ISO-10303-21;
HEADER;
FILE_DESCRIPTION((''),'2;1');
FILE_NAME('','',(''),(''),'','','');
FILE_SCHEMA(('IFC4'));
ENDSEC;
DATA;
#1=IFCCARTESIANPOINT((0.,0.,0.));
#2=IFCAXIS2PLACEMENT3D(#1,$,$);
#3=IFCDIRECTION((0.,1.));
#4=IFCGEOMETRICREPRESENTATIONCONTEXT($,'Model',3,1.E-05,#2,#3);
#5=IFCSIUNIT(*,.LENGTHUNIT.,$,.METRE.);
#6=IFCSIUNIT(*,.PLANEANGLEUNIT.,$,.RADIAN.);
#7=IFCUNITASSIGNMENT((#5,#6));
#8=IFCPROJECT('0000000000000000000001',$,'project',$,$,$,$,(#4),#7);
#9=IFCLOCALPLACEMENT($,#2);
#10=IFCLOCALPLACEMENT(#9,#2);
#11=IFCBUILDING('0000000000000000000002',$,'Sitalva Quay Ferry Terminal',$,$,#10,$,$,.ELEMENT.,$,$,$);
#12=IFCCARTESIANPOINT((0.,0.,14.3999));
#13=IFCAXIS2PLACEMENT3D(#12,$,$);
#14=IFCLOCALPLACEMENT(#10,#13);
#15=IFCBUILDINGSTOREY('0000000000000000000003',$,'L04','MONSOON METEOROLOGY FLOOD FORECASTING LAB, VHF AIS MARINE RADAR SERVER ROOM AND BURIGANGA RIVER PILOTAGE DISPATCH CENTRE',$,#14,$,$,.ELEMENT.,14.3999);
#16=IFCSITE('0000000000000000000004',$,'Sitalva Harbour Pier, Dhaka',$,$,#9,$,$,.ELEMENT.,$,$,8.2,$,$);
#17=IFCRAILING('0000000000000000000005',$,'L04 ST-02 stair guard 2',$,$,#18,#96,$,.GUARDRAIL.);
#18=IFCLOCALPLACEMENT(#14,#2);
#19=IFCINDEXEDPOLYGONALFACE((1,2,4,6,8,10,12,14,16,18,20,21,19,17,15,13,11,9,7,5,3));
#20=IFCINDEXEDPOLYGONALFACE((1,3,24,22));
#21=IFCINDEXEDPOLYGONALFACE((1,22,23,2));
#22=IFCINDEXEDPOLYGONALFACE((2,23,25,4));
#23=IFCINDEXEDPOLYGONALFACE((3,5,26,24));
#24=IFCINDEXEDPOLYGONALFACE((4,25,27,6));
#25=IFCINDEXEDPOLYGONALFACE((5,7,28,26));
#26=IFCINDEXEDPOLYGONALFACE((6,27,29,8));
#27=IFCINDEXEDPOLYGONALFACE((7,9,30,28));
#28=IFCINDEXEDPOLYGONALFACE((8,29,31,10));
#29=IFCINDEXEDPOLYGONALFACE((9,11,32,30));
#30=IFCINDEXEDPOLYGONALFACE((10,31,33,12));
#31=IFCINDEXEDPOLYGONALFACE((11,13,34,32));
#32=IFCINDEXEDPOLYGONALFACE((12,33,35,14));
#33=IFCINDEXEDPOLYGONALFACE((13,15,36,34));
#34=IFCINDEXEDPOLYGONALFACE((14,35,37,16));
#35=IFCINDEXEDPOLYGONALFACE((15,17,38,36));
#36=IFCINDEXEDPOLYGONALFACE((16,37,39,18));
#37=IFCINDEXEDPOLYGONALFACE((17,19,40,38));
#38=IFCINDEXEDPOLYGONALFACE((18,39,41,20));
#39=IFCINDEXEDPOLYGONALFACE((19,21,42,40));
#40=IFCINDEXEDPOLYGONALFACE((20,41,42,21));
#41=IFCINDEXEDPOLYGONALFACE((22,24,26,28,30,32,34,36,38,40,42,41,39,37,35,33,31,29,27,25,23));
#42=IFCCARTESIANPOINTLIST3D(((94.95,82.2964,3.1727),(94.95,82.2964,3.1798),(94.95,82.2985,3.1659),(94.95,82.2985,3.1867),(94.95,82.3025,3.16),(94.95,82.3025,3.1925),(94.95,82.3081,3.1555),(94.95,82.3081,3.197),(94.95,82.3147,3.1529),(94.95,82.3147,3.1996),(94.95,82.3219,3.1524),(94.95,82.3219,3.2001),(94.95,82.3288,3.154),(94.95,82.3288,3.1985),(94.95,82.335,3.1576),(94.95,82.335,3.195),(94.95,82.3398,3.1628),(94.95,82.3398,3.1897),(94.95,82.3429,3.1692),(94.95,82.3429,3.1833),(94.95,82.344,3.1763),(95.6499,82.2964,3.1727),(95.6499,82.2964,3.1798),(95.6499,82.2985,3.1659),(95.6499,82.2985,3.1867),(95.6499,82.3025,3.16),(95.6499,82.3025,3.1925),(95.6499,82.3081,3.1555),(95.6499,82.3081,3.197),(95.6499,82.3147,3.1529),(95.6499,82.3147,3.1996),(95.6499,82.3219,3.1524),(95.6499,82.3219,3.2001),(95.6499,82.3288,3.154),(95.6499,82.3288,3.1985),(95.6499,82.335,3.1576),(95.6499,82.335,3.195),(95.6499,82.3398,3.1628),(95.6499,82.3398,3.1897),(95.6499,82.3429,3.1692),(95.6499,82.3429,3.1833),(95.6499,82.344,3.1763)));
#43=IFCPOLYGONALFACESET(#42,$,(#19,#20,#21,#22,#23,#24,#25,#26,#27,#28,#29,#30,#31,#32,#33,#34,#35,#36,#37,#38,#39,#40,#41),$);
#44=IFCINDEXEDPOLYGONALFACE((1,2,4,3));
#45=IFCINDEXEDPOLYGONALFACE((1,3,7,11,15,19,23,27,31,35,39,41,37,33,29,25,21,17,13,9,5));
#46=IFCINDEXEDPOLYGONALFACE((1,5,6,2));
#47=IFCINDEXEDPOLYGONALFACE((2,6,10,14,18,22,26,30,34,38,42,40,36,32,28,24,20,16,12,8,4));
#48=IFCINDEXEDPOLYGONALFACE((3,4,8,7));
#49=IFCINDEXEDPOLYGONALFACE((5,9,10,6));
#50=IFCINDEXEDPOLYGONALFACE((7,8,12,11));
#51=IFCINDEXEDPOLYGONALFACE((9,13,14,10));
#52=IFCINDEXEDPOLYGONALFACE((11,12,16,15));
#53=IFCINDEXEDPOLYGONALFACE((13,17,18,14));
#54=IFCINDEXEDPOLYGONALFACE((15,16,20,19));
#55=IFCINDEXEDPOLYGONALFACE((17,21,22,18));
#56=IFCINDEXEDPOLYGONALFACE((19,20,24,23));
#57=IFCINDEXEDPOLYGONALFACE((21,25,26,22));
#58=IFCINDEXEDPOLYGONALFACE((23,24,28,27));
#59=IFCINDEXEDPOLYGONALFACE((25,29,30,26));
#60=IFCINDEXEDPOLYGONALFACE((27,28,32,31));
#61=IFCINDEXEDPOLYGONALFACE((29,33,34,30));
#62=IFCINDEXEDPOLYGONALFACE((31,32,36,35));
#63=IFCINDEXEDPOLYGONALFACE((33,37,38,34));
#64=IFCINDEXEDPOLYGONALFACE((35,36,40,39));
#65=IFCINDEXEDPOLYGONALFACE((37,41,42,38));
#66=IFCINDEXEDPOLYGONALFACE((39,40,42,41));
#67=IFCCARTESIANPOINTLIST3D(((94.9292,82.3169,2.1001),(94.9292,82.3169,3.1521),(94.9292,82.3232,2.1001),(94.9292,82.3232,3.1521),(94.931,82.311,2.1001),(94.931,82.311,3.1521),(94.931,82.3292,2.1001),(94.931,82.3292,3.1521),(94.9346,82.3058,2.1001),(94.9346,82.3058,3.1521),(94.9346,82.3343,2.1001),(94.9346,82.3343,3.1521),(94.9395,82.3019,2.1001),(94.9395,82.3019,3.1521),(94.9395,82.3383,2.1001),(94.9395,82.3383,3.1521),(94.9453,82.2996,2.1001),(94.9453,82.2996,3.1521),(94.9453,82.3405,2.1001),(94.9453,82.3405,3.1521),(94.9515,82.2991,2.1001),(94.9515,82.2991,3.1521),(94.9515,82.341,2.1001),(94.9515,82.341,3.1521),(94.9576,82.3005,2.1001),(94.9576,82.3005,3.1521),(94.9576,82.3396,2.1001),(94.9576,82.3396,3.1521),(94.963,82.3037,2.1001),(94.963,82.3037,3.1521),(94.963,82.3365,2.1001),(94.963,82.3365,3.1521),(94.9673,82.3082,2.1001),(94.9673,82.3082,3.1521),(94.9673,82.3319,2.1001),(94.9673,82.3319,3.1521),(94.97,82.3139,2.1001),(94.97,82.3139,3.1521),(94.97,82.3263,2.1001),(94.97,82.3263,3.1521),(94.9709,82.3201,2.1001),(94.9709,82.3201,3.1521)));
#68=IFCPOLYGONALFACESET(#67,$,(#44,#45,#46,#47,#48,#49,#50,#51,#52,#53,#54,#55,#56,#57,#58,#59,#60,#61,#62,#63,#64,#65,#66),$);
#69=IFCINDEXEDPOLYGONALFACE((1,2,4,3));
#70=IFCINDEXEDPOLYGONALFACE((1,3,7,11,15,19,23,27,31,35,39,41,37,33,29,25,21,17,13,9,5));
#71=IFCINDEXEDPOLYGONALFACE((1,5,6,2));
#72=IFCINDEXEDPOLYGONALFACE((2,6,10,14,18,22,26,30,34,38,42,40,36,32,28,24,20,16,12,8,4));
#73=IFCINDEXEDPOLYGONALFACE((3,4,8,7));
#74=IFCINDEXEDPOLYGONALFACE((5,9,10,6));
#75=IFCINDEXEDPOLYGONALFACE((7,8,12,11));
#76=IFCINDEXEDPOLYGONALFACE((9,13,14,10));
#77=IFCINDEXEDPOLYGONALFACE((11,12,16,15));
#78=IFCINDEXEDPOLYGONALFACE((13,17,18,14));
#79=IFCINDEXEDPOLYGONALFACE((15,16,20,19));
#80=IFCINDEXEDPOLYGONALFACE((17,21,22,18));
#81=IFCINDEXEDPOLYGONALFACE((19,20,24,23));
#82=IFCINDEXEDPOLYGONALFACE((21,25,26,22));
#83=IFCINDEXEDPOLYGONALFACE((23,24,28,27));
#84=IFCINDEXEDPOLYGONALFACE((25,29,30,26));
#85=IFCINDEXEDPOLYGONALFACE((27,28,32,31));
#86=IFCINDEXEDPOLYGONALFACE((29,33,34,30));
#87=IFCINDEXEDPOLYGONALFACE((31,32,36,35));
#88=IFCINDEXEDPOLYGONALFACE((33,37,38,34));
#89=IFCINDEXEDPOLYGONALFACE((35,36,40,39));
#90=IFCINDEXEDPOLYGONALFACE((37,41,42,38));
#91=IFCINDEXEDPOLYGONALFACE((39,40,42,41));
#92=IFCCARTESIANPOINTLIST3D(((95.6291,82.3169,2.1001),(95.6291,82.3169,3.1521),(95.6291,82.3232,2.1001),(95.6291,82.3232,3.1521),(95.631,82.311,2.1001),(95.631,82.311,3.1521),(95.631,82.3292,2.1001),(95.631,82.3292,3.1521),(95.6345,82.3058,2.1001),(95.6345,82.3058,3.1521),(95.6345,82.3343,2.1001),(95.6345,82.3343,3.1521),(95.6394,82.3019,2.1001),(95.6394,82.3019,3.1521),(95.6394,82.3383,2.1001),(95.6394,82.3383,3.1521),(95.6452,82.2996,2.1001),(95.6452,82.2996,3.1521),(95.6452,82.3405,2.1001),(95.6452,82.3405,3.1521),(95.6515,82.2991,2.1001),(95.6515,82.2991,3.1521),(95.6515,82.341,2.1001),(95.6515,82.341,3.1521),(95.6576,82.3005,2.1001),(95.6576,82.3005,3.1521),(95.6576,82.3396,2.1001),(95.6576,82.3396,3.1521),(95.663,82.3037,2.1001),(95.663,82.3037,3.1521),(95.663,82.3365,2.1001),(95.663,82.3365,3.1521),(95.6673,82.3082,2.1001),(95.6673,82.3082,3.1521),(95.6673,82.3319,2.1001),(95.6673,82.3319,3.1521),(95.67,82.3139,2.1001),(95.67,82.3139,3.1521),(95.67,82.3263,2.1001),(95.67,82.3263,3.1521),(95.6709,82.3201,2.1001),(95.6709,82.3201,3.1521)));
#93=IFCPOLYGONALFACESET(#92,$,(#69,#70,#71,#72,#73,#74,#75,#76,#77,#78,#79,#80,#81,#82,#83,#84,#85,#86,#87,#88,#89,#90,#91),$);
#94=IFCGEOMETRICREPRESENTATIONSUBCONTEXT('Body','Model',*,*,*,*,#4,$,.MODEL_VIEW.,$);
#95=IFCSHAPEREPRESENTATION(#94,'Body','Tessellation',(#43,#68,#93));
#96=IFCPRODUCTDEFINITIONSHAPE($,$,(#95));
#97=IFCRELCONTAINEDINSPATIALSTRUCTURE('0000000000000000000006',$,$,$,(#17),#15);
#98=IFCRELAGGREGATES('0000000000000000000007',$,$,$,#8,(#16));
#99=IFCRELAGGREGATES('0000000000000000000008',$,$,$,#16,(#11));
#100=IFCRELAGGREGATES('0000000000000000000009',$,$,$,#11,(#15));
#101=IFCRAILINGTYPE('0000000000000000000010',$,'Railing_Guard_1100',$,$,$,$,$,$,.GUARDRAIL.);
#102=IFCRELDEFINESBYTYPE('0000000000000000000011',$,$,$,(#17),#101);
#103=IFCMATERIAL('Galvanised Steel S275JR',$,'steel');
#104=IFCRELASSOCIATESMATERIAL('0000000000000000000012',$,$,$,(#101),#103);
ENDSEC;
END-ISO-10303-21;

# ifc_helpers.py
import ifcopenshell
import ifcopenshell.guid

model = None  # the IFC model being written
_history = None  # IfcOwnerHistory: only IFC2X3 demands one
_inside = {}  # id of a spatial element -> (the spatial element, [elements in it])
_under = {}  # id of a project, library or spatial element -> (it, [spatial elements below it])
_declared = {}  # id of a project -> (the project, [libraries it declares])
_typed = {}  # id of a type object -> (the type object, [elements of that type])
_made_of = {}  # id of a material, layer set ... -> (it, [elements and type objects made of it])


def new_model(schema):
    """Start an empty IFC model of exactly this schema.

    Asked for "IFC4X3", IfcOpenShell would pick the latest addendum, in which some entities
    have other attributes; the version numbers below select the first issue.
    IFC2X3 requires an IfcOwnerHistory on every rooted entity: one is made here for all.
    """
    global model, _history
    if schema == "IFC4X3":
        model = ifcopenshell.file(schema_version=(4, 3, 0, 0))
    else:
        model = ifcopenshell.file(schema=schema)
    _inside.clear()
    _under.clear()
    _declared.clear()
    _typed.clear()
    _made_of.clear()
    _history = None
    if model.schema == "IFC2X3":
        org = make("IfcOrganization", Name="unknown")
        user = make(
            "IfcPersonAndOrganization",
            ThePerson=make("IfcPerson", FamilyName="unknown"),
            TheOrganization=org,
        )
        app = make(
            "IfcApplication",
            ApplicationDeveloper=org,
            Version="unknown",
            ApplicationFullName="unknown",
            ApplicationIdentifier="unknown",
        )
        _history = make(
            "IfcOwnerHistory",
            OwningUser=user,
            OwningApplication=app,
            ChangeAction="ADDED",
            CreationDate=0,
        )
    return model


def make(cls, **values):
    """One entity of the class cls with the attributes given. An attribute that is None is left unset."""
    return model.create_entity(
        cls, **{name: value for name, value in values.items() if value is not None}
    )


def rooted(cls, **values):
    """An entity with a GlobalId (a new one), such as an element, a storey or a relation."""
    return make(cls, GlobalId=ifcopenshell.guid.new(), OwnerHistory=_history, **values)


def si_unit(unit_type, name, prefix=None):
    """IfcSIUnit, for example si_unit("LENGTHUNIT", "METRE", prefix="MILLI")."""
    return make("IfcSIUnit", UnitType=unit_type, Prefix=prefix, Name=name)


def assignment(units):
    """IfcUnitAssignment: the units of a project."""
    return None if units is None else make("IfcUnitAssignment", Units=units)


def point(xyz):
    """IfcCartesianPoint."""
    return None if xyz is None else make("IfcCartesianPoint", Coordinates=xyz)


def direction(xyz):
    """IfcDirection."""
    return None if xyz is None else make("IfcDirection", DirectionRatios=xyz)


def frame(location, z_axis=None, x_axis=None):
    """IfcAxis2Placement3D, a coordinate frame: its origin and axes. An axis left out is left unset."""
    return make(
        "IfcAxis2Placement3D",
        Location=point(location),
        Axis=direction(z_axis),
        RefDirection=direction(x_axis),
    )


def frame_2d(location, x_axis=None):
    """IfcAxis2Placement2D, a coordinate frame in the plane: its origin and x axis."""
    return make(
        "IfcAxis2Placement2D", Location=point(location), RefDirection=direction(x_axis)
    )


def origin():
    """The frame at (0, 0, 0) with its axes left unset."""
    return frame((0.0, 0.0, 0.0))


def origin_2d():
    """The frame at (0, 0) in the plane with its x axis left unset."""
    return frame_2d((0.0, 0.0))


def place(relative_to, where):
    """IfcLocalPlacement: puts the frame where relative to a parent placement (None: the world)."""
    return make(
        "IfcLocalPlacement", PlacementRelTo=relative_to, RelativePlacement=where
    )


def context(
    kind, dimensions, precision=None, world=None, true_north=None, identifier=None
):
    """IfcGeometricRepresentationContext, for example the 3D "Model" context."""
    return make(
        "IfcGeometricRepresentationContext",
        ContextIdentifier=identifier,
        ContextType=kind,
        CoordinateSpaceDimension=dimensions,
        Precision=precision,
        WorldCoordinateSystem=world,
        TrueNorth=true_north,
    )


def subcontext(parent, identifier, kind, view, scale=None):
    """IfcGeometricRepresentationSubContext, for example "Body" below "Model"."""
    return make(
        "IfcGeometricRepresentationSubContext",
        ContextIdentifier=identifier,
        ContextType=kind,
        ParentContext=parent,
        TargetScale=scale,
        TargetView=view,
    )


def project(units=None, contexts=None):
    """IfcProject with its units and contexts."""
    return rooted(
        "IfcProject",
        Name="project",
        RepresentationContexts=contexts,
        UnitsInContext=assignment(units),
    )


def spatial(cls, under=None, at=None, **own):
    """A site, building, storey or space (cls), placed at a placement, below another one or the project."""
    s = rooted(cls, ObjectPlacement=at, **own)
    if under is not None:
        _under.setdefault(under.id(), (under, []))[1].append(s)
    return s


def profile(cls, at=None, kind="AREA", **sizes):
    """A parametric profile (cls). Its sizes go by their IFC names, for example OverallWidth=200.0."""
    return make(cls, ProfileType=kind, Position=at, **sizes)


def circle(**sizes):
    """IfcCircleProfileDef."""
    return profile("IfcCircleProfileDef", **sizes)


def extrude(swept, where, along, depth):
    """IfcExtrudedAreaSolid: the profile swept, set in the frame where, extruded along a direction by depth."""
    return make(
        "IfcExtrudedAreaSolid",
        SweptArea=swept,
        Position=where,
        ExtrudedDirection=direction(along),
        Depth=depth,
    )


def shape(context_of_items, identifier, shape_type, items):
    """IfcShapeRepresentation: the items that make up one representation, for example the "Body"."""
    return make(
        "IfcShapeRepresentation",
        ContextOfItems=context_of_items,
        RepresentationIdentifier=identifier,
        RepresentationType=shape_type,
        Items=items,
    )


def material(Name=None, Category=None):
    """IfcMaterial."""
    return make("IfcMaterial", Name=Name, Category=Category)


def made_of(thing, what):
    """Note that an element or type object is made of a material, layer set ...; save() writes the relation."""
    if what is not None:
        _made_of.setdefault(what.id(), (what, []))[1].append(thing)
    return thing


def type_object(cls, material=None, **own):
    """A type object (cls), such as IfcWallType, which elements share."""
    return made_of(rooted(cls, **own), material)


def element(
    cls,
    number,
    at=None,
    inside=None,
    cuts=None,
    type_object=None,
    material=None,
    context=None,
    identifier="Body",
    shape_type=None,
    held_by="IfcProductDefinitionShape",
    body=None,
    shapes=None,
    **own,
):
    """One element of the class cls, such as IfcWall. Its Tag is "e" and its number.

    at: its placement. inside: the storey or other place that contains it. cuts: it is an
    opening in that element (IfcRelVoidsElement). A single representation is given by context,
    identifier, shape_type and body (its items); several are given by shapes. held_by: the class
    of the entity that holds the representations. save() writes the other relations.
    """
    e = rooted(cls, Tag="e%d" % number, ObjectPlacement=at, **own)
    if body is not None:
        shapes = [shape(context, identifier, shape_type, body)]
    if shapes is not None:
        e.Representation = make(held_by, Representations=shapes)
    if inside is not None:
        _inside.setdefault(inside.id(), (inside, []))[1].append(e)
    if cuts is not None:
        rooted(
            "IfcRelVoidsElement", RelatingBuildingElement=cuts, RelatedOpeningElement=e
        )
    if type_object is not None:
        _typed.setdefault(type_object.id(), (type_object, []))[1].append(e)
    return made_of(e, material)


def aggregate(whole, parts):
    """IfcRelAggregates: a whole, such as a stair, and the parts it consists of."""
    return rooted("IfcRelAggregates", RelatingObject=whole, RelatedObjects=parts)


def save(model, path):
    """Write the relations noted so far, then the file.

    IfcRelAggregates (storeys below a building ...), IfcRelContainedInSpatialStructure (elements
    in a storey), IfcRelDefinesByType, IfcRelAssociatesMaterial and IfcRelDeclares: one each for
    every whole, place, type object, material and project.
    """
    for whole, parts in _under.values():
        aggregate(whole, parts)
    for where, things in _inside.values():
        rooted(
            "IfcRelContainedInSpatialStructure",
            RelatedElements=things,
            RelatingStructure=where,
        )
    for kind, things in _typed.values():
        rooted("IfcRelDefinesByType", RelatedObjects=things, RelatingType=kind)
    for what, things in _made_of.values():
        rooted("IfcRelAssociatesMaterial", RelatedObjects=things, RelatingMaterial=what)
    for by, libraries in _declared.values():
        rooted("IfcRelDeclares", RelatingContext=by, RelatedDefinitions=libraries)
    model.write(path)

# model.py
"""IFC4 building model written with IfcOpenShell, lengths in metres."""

from ifc_helpers import new_model, si_unit, direction, frame, origin, origin_2d, place, context, subcontext, project, spatial, circle, extrude, material, type_object, element, save


model = new_model("IFC4")

# Units and contexts
model_context = context("Model", 3, precision=1e-05, world=origin(), true_north=direction((0.0, 1.0)))
body_context = subcontext(model_context, "Body", "Model", "MODEL_VIEW")
ifc_project = project(units=[si_unit("LENGTHUNIT", "METRE"), si_unit("PLANEANGLEUNIT", "RADIAN")], contexts=[model_context])

# Site, building, storey
site_placement = place(None, origin())
site = spatial("IfcSite", under=ifc_project, at=site_placement, Name="Sitalva Harbour Pier, Dhaka", CompositionType="ELEMENT", RefElevation=8.2)
building_placement = place(site_placement, origin())
building = spatial("IfcBuilding", under=site, at=building_placement, Name="Sitalva Quay Ferry Terminal", CompositionType="ELEMENT")
storey_placement = place(building_placement, frame((0.0, 0.0, 14.3999)))
storey = spatial("IfcBuildingStorey", under=building, at=storey_placement, Name="L04", Description="MONSOON METEOROLOGY FLOOD FORECASTING LAB, VHF AIS MARINE RADAR SERVER ROOM AND BURIGANGA RIVER PILOTAGE DISPATCH CENTRE", CompositionType="ELEMENT", Elevation=14.3999)

# Railing
ifc_material_1 = material(Name="Galvanised Steel S275JR", Category="steel")
railing_type_1 = type_object("IfcRailingType", Name="Railing_Guard_1100", PredefinedType="GUARDRAIL", material=ifc_material_1)
railing_1_placement = place(storey_placement, frame((94.95, 82.3201, 2.1001)))
element("IfcRailing", 1, at=railing_1_placement, inside=storey, type_object=railing_type_1, Name="L04 ST-02 stair guard 2", PredefinedType="GUARDRAIL", context=body_context, shape_type="SweptSolid", body=[
    extrude(circle(Radius=0.0239, at=origin_2d()), frame((0.0, 0.0, 1.0762), z_axis=(1.0, 0.0, 0.0), x_axis=(0.0, 1.0, 0.0)), (0.0, 0.0, 1.0), 0.7),
    extrude(circle(Radius=0.021, at=origin_2d()), origin(), (0.0, 0.0, 1.0), 1.052),
    extrude(circle(Radius=0.021, at=origin_2d()), frame((0.7, 0.0, 0.0)), (0.0, 0.0, 1.0), 1.052),
])

save(model, "model.ifc")
